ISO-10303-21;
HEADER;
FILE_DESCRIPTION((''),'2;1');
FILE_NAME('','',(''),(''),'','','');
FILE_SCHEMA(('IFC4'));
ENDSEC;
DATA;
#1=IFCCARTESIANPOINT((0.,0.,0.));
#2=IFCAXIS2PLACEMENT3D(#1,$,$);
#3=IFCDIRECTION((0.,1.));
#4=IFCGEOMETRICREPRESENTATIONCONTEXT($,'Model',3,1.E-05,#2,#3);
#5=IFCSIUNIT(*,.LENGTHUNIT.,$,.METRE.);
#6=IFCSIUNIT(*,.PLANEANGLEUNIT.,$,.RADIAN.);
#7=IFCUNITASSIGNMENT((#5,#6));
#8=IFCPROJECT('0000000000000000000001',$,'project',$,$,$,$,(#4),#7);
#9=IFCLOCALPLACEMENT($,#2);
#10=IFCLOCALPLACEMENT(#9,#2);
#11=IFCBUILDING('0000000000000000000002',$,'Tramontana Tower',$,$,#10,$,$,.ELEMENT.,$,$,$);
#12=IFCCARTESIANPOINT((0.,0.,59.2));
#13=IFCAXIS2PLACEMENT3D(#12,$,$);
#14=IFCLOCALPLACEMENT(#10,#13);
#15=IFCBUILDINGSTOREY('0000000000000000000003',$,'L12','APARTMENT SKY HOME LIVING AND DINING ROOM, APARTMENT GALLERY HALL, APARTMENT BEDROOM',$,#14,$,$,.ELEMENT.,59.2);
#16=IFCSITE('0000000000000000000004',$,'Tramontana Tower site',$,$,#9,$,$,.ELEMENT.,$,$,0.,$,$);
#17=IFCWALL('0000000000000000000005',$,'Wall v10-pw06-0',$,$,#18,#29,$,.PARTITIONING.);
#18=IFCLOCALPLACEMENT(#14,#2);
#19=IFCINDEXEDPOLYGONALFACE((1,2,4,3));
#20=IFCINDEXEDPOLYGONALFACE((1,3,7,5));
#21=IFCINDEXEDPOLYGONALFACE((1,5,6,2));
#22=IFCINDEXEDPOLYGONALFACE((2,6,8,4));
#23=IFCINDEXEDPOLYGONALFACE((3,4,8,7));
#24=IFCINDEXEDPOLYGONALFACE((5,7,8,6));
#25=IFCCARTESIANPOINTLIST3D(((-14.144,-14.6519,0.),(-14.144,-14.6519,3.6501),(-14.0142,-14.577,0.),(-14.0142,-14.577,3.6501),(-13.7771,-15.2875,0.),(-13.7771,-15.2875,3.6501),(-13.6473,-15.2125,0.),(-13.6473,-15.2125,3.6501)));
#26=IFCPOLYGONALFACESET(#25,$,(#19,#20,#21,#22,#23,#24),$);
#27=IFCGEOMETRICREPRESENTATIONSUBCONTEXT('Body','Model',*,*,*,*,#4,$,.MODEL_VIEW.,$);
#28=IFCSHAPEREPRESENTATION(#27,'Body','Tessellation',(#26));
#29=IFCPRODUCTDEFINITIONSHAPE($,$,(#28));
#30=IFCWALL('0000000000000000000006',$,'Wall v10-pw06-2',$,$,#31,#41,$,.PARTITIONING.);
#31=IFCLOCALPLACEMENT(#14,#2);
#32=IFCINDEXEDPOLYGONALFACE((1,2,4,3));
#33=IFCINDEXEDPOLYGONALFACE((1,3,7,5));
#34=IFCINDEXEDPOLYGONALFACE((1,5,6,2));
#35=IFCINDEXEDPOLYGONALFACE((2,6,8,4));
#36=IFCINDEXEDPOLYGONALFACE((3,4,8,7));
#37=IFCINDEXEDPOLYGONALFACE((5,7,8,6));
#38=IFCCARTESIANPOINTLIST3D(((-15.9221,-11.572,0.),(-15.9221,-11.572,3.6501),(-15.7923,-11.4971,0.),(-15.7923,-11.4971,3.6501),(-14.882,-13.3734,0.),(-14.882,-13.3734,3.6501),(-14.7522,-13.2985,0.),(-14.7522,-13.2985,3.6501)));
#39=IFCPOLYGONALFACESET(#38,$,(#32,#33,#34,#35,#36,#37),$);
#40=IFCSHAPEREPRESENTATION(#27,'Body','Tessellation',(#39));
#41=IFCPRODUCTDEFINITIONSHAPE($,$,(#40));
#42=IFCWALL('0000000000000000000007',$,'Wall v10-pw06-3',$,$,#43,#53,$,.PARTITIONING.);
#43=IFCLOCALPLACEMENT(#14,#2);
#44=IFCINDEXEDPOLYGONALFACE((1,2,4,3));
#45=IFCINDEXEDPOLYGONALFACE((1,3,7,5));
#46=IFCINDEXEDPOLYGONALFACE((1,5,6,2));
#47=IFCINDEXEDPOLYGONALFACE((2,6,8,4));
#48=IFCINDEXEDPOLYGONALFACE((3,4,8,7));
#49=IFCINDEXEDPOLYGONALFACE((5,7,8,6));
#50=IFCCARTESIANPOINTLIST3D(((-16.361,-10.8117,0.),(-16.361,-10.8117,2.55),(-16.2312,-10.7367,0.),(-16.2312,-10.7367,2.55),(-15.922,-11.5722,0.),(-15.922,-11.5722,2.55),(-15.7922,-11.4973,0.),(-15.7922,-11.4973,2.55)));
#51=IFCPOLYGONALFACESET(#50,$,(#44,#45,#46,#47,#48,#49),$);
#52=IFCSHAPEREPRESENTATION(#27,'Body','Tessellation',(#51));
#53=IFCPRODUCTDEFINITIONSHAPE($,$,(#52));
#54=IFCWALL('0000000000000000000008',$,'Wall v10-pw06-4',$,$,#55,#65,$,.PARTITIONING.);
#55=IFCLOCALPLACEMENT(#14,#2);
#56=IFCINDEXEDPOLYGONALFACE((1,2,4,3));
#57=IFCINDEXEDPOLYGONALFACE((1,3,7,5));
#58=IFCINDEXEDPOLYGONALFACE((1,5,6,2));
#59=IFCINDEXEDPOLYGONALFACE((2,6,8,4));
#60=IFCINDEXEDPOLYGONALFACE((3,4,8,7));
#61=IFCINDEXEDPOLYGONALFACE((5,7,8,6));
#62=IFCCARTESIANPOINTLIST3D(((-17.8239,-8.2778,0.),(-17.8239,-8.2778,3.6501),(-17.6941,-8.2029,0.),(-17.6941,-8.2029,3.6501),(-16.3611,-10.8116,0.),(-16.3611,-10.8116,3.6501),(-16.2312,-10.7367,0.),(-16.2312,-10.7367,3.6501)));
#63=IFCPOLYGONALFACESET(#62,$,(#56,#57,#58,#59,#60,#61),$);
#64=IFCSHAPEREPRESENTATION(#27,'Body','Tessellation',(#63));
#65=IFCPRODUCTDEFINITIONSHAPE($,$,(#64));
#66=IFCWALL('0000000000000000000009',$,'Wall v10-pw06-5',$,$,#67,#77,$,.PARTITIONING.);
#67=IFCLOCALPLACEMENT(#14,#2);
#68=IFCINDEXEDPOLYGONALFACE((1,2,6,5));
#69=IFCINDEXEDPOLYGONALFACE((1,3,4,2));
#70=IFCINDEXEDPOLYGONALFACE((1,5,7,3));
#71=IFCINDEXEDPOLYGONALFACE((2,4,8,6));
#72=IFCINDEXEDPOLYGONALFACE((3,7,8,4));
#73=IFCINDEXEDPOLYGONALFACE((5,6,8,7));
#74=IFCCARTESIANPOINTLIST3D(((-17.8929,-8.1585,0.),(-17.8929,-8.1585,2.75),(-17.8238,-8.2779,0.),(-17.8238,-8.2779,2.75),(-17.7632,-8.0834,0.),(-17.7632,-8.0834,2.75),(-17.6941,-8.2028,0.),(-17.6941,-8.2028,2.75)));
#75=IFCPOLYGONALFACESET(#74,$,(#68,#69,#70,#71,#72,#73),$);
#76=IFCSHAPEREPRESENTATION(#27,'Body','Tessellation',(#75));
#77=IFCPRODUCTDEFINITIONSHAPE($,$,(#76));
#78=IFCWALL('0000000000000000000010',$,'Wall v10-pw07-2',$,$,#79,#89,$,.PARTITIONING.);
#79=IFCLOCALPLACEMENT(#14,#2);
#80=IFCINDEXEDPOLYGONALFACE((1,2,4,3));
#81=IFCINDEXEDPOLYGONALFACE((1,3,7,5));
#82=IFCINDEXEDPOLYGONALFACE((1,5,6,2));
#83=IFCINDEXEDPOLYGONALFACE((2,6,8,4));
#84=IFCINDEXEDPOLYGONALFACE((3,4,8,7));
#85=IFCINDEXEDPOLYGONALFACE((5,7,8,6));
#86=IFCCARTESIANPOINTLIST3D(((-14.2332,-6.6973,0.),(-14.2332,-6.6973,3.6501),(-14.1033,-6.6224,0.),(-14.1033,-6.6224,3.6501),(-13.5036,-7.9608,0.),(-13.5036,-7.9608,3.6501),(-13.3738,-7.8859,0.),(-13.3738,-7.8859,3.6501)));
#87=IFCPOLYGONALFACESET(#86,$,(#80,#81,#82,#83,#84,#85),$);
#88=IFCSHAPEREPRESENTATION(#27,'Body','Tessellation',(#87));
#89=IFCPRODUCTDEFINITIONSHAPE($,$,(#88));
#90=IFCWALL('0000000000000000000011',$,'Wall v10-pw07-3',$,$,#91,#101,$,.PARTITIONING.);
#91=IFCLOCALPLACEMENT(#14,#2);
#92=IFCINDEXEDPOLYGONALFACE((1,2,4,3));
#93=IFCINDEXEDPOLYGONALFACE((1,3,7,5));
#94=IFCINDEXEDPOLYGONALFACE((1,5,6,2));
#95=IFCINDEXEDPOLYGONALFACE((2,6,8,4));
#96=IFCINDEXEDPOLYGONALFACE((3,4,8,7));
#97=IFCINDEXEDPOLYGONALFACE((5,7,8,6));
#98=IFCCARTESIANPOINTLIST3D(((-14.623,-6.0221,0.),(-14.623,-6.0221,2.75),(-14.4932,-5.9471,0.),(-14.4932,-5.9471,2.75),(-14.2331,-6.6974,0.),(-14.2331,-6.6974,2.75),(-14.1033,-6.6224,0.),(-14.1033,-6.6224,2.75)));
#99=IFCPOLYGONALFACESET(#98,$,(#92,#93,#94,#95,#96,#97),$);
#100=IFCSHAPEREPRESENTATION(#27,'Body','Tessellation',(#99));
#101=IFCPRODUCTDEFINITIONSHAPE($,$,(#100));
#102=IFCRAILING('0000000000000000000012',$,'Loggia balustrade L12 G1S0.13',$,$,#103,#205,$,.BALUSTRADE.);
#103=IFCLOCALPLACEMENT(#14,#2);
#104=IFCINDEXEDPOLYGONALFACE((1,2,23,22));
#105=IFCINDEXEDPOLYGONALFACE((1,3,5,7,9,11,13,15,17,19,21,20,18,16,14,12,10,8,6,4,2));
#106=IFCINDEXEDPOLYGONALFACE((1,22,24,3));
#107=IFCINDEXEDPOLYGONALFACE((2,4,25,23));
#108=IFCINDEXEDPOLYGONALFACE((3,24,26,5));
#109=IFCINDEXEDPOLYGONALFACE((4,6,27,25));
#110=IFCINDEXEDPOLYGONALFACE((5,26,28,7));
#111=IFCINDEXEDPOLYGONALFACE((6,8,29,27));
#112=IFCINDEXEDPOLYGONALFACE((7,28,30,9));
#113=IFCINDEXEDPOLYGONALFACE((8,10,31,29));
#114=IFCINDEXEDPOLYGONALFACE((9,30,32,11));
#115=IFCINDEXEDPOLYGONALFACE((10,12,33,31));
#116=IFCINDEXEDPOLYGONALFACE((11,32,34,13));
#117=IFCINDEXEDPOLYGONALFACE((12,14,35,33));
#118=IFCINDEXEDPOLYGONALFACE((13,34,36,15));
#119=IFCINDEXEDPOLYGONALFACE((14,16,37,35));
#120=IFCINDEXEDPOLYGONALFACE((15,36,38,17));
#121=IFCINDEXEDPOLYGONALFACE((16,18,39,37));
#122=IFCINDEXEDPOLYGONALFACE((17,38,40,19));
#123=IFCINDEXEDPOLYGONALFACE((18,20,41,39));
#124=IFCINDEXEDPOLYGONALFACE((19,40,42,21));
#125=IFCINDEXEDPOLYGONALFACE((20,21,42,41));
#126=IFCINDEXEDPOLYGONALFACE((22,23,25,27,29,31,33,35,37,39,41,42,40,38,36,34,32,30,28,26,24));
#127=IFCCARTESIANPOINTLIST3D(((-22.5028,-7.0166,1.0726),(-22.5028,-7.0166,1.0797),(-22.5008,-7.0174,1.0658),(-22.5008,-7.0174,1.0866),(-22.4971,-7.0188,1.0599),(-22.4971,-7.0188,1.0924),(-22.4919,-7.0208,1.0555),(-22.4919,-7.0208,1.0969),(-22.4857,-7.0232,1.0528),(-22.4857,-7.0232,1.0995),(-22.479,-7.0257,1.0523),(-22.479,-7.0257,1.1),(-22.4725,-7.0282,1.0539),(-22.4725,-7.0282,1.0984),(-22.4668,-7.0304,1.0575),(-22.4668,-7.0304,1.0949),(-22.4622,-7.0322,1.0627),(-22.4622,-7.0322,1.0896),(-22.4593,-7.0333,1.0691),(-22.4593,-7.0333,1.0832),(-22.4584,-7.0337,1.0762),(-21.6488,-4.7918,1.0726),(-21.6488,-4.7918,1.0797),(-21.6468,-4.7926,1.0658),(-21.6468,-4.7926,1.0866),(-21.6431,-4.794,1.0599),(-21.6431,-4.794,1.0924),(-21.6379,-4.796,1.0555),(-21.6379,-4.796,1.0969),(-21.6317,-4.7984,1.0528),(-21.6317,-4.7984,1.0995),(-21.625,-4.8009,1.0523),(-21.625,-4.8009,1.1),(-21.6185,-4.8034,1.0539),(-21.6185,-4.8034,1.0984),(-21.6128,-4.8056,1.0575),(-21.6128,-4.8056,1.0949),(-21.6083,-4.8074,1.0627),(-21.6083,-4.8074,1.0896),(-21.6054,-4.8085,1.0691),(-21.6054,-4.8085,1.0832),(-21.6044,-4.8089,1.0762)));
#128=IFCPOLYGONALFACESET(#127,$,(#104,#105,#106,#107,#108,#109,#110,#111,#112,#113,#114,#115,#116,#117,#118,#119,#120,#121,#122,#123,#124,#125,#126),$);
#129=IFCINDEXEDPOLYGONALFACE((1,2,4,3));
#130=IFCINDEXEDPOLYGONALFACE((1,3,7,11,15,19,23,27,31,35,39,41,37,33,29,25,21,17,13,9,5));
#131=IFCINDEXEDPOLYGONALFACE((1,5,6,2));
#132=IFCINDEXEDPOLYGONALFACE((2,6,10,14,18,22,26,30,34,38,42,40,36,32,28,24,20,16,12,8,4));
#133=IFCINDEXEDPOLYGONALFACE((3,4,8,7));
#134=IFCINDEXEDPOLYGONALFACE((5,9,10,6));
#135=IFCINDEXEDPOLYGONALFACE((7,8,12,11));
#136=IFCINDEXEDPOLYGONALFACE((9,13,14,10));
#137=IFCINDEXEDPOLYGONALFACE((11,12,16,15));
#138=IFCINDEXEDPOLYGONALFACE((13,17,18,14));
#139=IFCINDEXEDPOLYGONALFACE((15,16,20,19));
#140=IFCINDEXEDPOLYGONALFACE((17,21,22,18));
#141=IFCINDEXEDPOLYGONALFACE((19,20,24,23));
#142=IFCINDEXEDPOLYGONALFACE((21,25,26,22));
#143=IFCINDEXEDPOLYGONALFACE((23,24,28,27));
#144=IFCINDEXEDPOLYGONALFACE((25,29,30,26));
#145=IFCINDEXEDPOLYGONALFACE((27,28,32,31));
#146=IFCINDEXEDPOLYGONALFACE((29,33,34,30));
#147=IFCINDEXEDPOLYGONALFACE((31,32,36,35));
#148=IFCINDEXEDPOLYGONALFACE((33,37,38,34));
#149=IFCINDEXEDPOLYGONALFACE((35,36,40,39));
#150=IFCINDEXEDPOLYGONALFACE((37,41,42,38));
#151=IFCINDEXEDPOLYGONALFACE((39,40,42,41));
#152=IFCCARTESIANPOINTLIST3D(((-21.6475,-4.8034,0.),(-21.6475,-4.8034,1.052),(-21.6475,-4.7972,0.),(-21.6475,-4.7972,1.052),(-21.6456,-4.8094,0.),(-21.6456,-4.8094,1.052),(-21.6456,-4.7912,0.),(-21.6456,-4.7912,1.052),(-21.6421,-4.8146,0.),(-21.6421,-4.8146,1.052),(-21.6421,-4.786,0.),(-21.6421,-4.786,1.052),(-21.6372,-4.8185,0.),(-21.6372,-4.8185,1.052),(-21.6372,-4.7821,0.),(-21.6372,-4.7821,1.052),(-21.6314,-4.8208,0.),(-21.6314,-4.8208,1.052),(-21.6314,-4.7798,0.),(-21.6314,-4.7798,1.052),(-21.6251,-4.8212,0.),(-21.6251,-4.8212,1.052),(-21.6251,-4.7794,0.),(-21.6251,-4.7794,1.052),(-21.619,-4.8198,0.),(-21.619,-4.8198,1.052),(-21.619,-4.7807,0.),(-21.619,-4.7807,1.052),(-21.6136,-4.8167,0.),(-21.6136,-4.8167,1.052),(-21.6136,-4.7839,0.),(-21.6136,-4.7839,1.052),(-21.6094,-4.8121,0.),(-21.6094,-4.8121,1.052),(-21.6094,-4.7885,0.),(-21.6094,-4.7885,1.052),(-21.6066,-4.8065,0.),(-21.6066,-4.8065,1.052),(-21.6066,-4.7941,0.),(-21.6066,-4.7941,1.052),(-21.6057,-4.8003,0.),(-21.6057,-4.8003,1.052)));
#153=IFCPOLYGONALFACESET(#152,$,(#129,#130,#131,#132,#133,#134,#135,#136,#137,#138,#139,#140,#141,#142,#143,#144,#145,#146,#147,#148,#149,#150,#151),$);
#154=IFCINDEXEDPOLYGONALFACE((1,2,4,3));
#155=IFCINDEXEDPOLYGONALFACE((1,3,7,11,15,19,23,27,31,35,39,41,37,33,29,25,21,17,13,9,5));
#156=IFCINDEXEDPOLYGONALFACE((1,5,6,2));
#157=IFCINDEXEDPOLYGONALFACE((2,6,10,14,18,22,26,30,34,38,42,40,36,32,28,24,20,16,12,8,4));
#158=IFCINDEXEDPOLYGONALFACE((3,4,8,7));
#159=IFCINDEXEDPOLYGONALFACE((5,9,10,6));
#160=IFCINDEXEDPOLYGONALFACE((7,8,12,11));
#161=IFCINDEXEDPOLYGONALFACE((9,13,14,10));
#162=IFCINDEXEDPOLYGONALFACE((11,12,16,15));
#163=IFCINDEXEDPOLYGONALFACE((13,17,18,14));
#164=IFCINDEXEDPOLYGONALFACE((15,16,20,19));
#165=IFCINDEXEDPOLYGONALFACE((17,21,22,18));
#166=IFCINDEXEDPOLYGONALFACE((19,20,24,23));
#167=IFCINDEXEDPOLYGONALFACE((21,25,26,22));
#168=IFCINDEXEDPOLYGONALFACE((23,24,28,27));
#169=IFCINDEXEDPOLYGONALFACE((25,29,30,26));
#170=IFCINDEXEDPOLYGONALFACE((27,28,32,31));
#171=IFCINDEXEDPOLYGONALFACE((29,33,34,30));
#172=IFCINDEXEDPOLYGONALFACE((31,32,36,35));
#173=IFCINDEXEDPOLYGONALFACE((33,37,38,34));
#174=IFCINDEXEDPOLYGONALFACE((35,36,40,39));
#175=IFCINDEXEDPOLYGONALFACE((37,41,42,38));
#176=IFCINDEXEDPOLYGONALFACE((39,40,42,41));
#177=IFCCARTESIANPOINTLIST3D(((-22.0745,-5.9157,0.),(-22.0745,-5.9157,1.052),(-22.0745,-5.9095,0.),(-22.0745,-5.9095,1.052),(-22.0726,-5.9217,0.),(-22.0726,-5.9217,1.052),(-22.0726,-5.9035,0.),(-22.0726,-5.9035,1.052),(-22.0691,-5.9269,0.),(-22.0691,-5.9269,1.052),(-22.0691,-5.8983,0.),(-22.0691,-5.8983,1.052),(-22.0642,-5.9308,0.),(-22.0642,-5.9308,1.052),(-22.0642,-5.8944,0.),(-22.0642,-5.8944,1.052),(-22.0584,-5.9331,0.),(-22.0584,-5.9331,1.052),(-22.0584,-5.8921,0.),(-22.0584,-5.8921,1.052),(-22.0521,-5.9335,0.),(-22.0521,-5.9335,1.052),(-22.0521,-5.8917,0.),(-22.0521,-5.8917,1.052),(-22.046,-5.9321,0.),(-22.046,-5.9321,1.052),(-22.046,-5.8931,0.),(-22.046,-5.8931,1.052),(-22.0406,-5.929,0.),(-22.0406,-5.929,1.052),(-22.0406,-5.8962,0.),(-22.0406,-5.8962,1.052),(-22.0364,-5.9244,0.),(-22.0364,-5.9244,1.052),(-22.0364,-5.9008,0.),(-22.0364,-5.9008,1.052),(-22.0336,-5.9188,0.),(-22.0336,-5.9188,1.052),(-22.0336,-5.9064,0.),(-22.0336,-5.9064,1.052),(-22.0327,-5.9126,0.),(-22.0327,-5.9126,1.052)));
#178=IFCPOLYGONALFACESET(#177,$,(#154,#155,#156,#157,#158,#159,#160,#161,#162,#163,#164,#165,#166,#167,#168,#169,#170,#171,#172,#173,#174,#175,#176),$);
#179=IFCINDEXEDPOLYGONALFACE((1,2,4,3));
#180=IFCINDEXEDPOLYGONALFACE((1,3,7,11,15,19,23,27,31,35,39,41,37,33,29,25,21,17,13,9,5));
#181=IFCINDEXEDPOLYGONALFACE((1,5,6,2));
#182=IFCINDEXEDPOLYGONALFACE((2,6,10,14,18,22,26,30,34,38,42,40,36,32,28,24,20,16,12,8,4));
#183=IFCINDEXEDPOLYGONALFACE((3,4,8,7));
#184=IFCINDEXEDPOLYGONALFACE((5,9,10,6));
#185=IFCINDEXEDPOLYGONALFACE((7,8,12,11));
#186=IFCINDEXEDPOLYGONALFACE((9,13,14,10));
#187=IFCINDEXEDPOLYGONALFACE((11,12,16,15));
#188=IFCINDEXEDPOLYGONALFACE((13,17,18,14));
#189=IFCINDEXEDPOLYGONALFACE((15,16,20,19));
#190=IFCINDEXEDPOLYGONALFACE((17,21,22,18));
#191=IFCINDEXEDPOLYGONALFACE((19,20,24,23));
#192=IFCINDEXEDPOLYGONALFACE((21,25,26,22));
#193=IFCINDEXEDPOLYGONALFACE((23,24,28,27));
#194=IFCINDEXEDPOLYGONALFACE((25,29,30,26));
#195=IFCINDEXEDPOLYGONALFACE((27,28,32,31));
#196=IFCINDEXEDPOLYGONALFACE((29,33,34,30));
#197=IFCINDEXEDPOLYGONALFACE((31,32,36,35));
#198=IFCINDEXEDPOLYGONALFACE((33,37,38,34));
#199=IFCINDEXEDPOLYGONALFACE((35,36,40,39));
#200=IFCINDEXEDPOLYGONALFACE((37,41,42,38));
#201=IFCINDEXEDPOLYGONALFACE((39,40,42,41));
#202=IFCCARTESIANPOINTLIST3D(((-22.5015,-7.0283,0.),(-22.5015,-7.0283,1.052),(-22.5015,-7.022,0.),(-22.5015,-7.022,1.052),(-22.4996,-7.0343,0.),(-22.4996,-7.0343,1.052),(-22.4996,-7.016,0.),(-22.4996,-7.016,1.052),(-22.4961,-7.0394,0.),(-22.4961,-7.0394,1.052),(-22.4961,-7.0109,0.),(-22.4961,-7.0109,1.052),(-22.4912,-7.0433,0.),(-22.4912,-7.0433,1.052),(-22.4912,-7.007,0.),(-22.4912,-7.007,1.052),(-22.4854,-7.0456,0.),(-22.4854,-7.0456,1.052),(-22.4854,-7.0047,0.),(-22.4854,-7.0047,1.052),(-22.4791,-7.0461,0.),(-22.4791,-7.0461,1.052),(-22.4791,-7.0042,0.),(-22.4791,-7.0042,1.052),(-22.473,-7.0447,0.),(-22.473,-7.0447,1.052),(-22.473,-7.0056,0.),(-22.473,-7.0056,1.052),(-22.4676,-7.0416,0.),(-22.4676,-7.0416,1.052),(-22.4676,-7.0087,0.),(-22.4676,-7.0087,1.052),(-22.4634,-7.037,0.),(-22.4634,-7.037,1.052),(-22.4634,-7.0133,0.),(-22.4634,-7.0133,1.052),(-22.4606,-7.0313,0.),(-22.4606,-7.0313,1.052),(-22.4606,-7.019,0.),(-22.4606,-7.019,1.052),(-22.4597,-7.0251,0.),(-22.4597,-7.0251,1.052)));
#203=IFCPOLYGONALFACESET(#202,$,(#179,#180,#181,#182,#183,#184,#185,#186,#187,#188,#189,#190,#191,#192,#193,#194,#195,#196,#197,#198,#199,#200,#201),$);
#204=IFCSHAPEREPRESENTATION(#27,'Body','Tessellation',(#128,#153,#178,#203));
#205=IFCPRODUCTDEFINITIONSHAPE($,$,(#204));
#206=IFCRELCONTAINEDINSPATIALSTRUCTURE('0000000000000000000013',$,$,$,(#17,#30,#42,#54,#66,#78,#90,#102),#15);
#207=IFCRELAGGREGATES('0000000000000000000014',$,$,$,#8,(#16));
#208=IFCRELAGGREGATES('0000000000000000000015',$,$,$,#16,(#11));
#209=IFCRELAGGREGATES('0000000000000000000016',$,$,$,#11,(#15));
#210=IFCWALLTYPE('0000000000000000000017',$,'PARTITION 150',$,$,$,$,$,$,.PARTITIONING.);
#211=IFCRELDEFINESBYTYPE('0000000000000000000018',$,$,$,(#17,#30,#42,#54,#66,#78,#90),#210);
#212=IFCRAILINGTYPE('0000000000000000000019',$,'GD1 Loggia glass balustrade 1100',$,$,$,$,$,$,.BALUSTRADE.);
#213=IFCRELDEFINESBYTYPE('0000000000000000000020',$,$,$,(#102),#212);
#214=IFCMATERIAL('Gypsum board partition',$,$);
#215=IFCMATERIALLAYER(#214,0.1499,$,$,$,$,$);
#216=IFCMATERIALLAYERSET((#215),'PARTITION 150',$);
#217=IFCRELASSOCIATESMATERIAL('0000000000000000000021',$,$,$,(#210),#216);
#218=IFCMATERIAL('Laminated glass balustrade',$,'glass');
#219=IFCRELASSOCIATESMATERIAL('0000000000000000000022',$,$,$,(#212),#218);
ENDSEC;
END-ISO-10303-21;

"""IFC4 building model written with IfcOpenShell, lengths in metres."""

from ifc_helpers import new_model, si_unit, direction, frame, frame_2d, origin, origin_2d, place, context, subcontext, project, spatial, rectangle, circle, extrude, material, layer, layer_set, type_object, element, save


model = new_model("IFC4")

# Units and contexts
model_context = context("Model", 3, precision=1e-05, world=origin(), true_north=direction((0.0, 1.0)))
body_context = subcontext(model_context, "Body", "Model", "MODEL_VIEW")
ifc_project = project(units=[si_unit("LENGTHUNIT", "METRE"), si_unit("PLANEANGLEUNIT", "RADIAN")], contexts=[model_context])

# Site, building, storey
site_placement = place(None, origin())
site = spatial("IfcSite", under=ifc_project, at=site_placement, Name="Tramontana Tower site", CompositionType="ELEMENT", RefElevation=0.0)
building_placement = place(site_placement, origin())
building = spatial("IfcBuilding", under=site, at=building_placement, Name="Tramontana Tower", CompositionType="ELEMENT")
storey_placement = place(building_placement, frame((0.0, 0.0, 59.2)))
storey = spatial("IfcBuildingStorey", under=building, at=storey_placement, Name="L12", Description="APARTMENT SKY HOME LIVING AND DINING ROOM, APARTMENT GALLERY HALL, APARTMENT BEDROOM", CompositionType="ELEMENT", Elevation=59.2)

# Wall
ifc_material_1 = material(Name="Gypsum board partition")
ifc_layer_1 = layer(ifc_material_1, 0.1499)
ifc_layer_set_1 = layer_set([ifc_layer_1], Name="PARTITION 150")
wall_type_1 = type_object("IfcWallType", Name="PARTITION 150", PredefinedType="PARTITIONING", material=ifc_layer_set_1)
wall_1_placement = place(storey_placement, frame((-13.7122, -15.25, 0.0), z_axis=(0.0, 0.0, 1.0), x_axis=(-0.500039, 0.866003, 0.0)))
element("IfcWall", 1, at=wall_1_placement, inside=storey, type_object=wall_type_1, Name="Wall v10-pw06-0", PredefinedType="PARTITIONING", context=body_context, shape_type="SweptSolid", body=[
    extrude(rectangle(XDim=0.7339, YDim=0.1499, at=frame_2d((0.3669, 0.0))), origin(), (0.0, 0.0, 1.0), 3.6501),
])

# Walls
wall_2_placement = place(storey_placement, frame((-14.8171, -13.3359, 0.0), z_axis=(0.0, 0.0, 1.0), x_axis=(-0.500027, 0.86601, 0.0)))
element("IfcWall", 2, at=wall_2_placement, inside=storey, type_object=wall_type_1, Name="Wall v10-pw06-2", PredefinedType="PARTITIONING", context=body_context, shape_type="SweptSolid", body=[
    extrude(rectangle(XDim=2.0801, YDim=0.1499, at=frame_2d((1.04, 0.0))), origin(), (0.0, 0.0, 1.0), 3.6501),
])
wall_3_placement = place(storey_placement, frame((-15.8572, -11.5347, 0.0), z_axis=(0.0, 0.0, 1.0), x_axis=(-0.499907, 0.866079, 0.0)))
element("IfcWall", 3, at=wall_3_placement, inside=storey, type_object=wall_type_1, Name="Wall v10-pw06-3", PredefinedType="PARTITIONING", context=body_context, shape_type="SweptSolid", body=[
    extrude(rectangle(XDim=0.8782, YDim=0.1499, at=frame_2d((0.439, 0.0))), origin(), (0.0, 0.0, 1.0), 2.55),
])
wall_4_placement = place(storey_placement, frame((-16.2961, -10.7742, 0.0), z_axis=(0.0, 0.0, 1.0), x_axis=(-0.49998, 0.866037, 0.0)))
element("IfcWall", 4, at=wall_4_placement, inside=storey, type_object=wall_type_1, Name="Wall v10-pw06-4", PredefinedType="PARTITIONING", context=body_context, shape_type="SweptSolid", body=[
    extrude(rectangle(XDim=2.9258, YDim=0.1499, at=frame_2d((1.4629, 0.0))), origin(), (0.0, 0.0, 1.0), 3.6501),
])
wall_5_placement = place(storey_placement, frame((-17.759, -8.2402, 0.0), z_axis=(0.0, 0.0, 1.0), x_axis=(-0.500897, 0.865507, 0.0)))
element("IfcWall", 5, at=wall_5_placement, inside=storey, type_object=wall_type_1, Name="Wall v10-pw06-5", PredefinedType="PARTITIONING", context=body_context, shape_type="SweptSolid", body=[
    extrude(rectangle(XDim=0.1379, YDim=0.1499, at=frame_2d((0.0688, 0.0))), origin(), (0.0, 0.0, 1.0), 2.75),
])
wall_6_placement = place(storey_placement, frame((-13.4387, -7.9233, 0.0), z_axis=(0.0, 0.0, 1.0), x_axis=(-0.500027, 0.86601, 0.0)))
element("IfcWall", 6, at=wall_6_placement, inside=storey, type_object=wall_type_1, Name="Wall v10-pw07-2", PredefinedType="PARTITIONING", context=body_context, shape_type="SweptSolid", body=[
    extrude(rectangle(XDim=1.459, YDim=0.1499, at=frame_2d((0.7295, 0.0))), origin(), (0.0, 0.0, 1.0), 3.6501),
])
wall_7_placement = place(storey_placement, frame((-14.1682, -6.6599, 0.0), z_axis=(0.0, 0.0, 1.0), x_axis=(-0.500012, 0.866019, 0.0)))
element("IfcWall", 7, at=wall_7_placement, inside=storey, type_object=wall_type_1, Name="Wall v10-pw07-3", PredefinedType="PARTITIONING", context=body_context, shape_type="SweptSolid", body=[
    extrude(rectangle(XDim=0.7798, YDim=0.1499, at=frame_2d((0.3899, 0.0))), origin(), (0.0, 0.0, 1.0), 2.75),
])

# Railing
ifc_material_2 = material(Name="Laminated glass balustrade", Category="glass")
railing_type = type_object("IfcRailingType", Name="GD1 Loggia glass balustrade 1100", PredefinedType="BALUSTRADE", material=ifc_material_2)
railing_1_placement = place(storey_placement, frame((-21.6267, -4.8003, 0.0)))
element("IfcRailing", 8, at=railing_1_placement, inside=storey, type_object=railing_type, Name="Loggia balustrade L12 G1S0.13", PredefinedType="BALUSTRADE", context=body_context, shape_type="SweptSolid", body=[
    extrude(circle(Radius=0.0239, at=origin_2d()), frame((0.0, 0.0, 1.0762), z_axis=(-0.358354, -0.933586, 0.0), x_axis=(0.933586, -0.358354, 0.0)), (0.0, 0.0, 1.0), 2.3831),
    extrude(circle(Radius=0.021, at=origin_2d()), origin(), (0.0, 0.0, 1.0), 1.052),
    extrude(circle(Radius=0.021, at=origin_2d()), frame((-0.427, -1.1123, 0.0)), (0.0, 0.0, 1.0), 1.052),
    extrude(circle(Radius=0.021, at=origin_2d()), frame((-0.854, -2.2249, 0.0)), (0.0, 0.0, 1.0), 1.052),
])

save(model, "model.ifc")
